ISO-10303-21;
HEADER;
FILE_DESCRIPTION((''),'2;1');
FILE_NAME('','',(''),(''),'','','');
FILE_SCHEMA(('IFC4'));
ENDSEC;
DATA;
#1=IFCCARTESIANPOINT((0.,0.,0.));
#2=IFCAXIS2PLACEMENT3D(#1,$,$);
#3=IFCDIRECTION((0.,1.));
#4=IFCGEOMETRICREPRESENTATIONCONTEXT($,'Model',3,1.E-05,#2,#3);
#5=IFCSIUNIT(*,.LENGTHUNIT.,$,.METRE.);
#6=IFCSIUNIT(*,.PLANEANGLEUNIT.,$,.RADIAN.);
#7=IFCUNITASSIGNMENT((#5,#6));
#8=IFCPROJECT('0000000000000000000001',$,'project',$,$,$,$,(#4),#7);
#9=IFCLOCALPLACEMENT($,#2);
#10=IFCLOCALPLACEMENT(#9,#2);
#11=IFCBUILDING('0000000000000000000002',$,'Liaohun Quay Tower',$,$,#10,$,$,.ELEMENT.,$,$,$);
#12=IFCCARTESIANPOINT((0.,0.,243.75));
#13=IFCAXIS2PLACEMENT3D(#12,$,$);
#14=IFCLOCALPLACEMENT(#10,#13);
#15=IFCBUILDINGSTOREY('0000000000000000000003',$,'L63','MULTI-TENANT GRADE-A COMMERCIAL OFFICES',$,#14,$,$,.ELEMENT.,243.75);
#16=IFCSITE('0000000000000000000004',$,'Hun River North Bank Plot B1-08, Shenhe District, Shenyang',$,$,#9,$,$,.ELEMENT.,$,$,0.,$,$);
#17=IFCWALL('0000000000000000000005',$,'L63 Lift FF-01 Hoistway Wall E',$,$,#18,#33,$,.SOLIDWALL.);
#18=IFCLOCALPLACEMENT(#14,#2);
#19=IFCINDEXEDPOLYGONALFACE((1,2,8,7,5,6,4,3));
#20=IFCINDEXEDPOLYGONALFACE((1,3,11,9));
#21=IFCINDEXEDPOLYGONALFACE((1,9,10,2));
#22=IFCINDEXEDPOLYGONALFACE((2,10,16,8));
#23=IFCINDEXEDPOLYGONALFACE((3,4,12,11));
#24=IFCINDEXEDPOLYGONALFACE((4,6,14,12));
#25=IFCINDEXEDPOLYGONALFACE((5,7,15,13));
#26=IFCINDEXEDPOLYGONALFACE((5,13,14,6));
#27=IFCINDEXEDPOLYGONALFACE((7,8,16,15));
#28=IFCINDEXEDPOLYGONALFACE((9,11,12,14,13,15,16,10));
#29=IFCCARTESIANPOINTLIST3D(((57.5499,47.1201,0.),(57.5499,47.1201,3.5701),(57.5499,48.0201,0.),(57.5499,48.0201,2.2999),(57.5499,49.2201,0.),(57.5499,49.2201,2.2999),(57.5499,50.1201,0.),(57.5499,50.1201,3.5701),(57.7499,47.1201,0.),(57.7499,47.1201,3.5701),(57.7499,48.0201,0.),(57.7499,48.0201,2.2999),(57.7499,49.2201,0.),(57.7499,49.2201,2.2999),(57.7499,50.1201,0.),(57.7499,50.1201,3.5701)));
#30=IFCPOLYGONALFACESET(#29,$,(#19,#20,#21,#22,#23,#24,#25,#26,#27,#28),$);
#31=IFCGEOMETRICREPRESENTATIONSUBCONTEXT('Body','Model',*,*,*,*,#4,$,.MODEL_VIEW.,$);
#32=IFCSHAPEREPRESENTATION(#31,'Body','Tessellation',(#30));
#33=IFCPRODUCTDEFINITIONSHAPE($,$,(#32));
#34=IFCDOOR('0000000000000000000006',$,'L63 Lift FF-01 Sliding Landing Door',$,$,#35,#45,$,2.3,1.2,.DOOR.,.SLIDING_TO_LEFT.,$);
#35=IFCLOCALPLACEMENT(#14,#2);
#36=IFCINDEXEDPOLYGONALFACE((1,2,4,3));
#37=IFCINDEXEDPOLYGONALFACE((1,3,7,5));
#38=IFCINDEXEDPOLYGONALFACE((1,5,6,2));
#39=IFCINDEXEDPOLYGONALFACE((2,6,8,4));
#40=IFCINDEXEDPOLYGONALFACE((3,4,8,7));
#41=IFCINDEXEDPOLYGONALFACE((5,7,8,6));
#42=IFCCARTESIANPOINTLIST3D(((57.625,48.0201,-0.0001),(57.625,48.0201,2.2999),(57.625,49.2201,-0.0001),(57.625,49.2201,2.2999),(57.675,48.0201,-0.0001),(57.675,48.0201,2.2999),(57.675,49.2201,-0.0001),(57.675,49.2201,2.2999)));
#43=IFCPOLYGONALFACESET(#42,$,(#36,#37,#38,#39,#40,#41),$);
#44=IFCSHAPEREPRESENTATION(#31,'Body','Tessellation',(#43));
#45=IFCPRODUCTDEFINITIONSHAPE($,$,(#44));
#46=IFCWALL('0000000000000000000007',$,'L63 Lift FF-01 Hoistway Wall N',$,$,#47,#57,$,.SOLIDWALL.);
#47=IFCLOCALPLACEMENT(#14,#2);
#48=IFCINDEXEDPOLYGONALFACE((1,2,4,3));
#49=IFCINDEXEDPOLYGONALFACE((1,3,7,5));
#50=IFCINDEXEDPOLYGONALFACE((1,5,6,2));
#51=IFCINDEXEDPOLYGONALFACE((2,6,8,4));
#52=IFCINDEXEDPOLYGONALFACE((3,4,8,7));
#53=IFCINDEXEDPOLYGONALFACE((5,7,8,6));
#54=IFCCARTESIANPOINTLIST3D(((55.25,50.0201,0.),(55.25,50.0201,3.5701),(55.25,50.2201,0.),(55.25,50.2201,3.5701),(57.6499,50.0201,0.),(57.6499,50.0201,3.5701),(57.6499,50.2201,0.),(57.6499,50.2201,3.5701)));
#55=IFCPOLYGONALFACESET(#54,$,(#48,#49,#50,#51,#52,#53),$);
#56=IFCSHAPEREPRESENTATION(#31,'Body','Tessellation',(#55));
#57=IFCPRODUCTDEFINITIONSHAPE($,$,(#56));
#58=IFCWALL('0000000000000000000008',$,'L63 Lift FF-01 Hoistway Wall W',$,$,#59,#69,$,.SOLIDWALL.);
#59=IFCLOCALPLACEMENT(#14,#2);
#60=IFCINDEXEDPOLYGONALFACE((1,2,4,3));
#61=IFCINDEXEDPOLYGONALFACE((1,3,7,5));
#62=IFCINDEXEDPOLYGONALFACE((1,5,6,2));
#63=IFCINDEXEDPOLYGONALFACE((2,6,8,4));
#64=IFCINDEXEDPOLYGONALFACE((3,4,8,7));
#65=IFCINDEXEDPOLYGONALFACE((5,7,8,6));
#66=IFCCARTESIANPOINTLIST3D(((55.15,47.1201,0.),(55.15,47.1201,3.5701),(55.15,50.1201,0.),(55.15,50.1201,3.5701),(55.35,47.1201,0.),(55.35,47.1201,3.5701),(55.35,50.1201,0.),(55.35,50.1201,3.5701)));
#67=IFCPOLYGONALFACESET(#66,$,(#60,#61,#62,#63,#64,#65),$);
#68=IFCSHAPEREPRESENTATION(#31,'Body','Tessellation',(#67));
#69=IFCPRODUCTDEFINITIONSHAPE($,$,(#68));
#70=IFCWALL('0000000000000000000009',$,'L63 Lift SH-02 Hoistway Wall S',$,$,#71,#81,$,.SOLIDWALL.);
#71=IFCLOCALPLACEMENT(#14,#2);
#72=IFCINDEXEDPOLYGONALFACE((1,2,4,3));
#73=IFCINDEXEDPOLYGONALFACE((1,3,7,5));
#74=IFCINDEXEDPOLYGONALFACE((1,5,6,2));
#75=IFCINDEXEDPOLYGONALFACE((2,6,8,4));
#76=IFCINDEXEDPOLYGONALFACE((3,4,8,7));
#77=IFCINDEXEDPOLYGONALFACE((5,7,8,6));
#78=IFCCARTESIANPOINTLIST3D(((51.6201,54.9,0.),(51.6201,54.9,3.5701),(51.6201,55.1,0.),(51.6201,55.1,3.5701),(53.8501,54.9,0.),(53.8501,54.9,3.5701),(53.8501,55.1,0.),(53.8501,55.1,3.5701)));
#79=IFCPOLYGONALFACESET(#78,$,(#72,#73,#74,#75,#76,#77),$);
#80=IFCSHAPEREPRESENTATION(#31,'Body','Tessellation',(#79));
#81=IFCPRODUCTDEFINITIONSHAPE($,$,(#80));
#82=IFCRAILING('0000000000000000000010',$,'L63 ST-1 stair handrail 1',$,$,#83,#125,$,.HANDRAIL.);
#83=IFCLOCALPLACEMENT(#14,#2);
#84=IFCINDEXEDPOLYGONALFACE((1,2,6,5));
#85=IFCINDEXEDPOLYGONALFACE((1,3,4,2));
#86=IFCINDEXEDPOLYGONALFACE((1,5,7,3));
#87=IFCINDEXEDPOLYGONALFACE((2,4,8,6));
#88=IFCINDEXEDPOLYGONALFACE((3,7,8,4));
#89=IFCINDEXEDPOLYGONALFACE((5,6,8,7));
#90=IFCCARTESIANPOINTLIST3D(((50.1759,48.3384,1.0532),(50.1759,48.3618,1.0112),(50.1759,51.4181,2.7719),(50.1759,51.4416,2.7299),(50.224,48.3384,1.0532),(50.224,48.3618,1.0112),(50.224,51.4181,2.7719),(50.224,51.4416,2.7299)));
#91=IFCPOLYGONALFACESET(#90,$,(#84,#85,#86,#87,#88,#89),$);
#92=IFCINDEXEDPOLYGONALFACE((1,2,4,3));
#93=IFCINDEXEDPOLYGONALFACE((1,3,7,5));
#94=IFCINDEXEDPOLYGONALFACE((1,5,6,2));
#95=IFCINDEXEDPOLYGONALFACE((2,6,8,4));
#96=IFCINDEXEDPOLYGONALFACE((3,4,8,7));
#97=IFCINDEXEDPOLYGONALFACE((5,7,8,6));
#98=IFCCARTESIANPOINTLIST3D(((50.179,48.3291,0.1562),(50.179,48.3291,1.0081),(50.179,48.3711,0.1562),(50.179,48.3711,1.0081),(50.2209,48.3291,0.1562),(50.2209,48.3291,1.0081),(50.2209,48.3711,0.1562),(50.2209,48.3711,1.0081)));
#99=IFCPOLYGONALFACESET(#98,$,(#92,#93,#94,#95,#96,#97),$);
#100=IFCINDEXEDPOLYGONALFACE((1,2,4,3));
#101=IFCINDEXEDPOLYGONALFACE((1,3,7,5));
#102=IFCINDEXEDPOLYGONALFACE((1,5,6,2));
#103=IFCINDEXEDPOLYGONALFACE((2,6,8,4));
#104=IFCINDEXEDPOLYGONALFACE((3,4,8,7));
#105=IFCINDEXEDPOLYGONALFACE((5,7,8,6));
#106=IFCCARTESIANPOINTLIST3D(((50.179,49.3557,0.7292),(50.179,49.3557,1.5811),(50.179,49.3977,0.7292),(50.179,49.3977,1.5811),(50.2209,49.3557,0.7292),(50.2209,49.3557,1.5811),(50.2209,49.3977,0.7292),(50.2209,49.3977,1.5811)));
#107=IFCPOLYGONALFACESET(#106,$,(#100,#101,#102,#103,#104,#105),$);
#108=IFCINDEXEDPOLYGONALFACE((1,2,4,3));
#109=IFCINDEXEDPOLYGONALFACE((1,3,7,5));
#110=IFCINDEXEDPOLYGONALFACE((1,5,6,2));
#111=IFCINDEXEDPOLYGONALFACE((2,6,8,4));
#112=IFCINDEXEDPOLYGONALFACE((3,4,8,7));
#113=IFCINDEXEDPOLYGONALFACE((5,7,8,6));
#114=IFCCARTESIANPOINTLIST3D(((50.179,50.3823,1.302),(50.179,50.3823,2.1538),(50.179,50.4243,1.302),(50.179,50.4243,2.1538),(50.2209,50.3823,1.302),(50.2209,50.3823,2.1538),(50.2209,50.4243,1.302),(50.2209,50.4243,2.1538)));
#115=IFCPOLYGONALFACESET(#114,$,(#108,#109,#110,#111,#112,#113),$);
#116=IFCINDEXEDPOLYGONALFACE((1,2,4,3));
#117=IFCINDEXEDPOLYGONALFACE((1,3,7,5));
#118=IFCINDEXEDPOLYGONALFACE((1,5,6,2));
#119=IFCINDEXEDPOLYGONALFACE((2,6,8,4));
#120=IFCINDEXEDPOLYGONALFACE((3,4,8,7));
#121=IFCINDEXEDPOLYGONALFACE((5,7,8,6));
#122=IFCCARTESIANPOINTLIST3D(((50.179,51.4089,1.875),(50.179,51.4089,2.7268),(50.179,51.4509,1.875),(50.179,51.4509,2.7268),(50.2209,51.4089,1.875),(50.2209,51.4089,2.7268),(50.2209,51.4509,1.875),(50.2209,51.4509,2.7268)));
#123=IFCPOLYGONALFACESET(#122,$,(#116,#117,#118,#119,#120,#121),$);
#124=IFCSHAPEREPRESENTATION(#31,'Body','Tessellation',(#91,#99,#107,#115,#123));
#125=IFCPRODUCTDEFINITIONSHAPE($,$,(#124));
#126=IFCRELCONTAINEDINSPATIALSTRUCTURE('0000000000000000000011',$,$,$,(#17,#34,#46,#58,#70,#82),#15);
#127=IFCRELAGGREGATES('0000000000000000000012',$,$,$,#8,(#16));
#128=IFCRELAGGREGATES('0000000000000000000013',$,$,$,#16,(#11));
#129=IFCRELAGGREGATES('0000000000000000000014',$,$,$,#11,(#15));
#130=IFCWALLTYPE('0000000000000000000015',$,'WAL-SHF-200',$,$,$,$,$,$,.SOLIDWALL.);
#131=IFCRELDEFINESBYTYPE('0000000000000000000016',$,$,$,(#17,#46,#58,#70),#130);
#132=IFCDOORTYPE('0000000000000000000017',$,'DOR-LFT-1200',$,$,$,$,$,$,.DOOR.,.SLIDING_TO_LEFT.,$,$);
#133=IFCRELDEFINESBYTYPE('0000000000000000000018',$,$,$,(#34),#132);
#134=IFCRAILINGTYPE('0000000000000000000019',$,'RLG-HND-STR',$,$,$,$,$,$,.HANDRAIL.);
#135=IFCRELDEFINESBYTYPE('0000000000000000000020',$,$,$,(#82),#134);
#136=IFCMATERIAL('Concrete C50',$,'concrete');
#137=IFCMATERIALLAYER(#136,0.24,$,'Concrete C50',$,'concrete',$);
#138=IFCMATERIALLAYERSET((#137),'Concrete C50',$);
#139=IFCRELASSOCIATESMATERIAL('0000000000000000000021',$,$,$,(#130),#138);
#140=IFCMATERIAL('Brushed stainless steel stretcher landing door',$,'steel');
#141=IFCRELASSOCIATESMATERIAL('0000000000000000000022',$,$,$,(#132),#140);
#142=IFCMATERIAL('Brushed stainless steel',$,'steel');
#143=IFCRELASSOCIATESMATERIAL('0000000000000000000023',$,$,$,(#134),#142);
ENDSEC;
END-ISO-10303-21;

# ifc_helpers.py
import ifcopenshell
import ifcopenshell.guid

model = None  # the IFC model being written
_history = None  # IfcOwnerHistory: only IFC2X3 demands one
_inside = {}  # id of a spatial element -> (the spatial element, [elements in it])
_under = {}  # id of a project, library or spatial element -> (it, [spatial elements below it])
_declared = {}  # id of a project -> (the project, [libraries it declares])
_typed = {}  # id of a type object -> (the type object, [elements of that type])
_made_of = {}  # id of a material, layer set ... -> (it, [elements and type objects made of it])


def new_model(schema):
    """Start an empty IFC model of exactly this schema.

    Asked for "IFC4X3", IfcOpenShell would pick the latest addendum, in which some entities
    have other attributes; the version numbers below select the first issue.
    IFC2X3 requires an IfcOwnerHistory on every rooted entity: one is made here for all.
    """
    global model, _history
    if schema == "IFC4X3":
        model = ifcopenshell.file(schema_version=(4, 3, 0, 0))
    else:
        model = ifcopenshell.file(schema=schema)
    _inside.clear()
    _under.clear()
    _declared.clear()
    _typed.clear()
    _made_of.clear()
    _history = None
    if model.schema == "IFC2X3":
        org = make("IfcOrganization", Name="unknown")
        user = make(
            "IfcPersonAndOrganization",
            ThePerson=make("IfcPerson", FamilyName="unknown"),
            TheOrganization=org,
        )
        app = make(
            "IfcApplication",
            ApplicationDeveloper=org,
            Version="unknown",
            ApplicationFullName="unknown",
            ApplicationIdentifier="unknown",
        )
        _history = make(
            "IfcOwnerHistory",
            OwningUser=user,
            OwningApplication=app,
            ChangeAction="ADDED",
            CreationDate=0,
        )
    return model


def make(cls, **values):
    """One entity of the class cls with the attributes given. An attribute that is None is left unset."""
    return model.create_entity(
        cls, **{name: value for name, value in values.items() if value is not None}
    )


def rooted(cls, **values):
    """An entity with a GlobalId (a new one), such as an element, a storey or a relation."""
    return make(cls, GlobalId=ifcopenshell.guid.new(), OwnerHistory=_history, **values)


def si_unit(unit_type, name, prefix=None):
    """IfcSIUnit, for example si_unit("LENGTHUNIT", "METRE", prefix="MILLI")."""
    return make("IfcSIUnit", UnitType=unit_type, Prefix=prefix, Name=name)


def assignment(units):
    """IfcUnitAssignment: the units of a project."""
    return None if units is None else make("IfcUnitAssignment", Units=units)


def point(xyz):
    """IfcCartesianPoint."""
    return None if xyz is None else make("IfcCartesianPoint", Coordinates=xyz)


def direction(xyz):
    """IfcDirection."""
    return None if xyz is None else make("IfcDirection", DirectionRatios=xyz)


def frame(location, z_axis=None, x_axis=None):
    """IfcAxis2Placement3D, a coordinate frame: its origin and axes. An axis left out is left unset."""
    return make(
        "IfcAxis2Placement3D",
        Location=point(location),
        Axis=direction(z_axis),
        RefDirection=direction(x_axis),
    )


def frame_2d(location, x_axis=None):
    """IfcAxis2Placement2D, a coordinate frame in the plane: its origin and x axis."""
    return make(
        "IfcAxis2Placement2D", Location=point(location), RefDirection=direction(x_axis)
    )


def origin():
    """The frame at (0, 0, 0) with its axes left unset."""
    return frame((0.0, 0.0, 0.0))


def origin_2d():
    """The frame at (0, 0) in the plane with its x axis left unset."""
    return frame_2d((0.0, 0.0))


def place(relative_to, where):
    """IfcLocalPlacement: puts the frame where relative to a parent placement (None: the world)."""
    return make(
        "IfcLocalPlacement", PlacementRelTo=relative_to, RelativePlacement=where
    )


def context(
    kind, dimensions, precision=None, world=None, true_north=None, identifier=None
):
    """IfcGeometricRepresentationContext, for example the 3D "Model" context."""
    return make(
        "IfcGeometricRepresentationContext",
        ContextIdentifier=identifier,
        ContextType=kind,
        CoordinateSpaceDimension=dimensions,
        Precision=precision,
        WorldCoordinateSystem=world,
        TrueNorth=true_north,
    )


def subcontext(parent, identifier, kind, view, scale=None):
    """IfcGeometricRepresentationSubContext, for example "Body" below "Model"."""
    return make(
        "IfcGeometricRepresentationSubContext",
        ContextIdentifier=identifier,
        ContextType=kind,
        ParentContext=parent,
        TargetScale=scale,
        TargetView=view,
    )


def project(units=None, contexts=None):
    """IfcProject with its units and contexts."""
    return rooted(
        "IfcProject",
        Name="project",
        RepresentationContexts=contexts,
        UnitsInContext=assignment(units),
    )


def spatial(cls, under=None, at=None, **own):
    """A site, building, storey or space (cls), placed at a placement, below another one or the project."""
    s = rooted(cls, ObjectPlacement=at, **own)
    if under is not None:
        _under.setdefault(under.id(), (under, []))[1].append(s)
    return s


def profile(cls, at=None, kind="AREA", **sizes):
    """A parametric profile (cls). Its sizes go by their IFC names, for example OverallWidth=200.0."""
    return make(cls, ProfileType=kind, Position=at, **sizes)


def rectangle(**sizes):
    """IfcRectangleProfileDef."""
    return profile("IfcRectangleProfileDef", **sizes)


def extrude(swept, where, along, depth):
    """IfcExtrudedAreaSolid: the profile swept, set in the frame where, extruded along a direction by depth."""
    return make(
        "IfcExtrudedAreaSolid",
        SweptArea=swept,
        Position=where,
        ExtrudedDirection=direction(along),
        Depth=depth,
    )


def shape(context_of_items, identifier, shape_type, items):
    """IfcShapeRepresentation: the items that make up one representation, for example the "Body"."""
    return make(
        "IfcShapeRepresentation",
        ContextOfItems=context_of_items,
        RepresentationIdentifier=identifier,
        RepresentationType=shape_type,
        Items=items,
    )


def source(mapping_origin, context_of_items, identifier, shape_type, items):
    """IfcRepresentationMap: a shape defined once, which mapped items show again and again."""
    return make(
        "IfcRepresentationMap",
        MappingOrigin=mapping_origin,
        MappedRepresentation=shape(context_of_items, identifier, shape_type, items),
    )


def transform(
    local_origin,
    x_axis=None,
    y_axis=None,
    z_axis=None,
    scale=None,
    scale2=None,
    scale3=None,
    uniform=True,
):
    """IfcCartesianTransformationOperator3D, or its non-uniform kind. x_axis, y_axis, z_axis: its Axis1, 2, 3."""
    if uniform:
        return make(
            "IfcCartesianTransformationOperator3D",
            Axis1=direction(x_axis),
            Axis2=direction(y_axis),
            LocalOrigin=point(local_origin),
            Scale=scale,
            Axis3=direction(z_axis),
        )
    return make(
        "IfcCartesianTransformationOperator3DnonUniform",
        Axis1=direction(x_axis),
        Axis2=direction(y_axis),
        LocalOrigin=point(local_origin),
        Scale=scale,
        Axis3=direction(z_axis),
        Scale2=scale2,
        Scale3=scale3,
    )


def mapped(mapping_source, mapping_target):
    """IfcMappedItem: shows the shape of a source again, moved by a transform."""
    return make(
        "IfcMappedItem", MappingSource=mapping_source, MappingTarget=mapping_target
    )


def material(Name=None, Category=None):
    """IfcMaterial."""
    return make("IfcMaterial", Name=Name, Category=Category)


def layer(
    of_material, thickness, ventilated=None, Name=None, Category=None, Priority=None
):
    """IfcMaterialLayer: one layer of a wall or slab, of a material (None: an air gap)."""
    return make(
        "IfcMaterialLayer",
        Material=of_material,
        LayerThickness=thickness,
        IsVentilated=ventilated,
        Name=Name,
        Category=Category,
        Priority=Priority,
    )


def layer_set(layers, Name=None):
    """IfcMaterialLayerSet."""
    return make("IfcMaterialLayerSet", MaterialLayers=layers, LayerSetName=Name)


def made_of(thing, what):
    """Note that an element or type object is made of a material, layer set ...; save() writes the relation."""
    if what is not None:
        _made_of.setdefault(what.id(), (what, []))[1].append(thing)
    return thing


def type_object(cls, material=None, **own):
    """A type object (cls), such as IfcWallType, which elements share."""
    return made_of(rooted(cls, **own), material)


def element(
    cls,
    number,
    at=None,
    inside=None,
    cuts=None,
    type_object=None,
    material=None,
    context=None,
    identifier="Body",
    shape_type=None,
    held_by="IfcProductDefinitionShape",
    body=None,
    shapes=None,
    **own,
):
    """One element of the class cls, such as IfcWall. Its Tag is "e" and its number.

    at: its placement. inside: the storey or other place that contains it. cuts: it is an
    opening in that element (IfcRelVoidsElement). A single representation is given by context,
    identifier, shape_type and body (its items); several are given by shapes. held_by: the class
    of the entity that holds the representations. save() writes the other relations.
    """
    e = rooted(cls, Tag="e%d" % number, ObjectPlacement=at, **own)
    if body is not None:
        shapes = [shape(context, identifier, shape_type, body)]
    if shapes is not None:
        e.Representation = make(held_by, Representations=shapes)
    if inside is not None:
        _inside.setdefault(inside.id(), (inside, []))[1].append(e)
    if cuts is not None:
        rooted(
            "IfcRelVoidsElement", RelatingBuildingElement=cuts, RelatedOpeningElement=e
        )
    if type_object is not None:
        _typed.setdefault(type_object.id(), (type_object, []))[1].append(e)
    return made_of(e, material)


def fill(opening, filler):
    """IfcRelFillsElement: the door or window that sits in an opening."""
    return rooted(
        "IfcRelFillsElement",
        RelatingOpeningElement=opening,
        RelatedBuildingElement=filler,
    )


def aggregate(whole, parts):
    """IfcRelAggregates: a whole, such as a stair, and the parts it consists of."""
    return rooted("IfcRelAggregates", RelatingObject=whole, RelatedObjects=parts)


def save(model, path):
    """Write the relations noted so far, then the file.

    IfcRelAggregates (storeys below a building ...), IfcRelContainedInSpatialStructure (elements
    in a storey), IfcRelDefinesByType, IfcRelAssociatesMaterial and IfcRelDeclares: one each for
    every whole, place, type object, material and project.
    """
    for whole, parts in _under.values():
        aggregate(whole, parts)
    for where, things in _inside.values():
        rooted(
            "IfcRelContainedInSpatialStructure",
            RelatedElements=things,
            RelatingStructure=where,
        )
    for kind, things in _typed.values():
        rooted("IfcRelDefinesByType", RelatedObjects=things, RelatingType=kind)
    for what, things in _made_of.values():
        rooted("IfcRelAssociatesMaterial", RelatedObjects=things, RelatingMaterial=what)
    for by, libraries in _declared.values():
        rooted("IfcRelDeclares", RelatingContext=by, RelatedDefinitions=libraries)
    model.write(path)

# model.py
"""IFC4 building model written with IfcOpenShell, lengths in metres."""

from ifc_helpers import new_model, si_unit, direction, frame, frame_2d, origin, origin_2d, place, context, subcontext, project, spatial, rectangle, extrude, source, transform, mapped, material, layer, layer_set, type_object, element, fill, save


model = new_model("IFC4")

# Units and contexts
model_context = context("Model", 3, precision=1e-05, world=origin(), true_north=direction((0.0, 1.0)))
body_context = subcontext(model_context, "Body", "Model", "MODEL_VIEW")
ifc_project = project(units=[si_unit("LENGTHUNIT", "METRE"), si_unit("PLANEANGLEUNIT", "RADIAN")], contexts=[model_context])

# Site, building, storey
site_placement = place(None, origin())
site = spatial("IfcSite", under=ifc_project, at=site_placement, Name="Hun River North Bank Plot B1-08, Shenhe District, Shenyang", CompositionType="ELEMENT", RefElevation=0.0)
building_placement = place(site_placement, origin())
building = spatial("IfcBuilding", under=site, at=building_placement, Name="Liaohun Quay Tower", CompositionType="ELEMENT")
storey_placement = place(building_placement, frame((0.0, 0.0, 243.75)))
storey = spatial("IfcBuildingStorey", under=building, at=storey_placement, Name="L63", Description="MULTI-TENANT GRADE-A COMMERCIAL OFFICES", CompositionType="ELEMENT", Elevation=243.75)

# Shared definitions
ifc_material_1 = material(Name="Concrete C50", Category="concrete")

# Shared definitions
ifc_layer_1 = layer(ifc_material_1, 0.24, Name="Concrete C50", Category="concrete")
ifc_layer_set_1 = layer_set([ifc_layer_1], Name="Concrete C50")
wall_type_1 = type_object("IfcWallType", Name="WAL-SHF-200", PredefinedType="SOLIDWALL", material=ifc_layer_set_1)

# Wall, opening, door
wall_1_placement = place(storey_placement, frame((57.6499, 47.1201, 0.0), z_axis=(0.0, 0.0, 1.0), x_axis=(0.0, 1.0, 0.0)))
wall_1 = element("IfcWall", 1, at=wall_1_placement, inside=storey, type_object=wall_type_1, Name="L63 Lift FF-01 Hoistway Wall E", PredefinedType="SOLIDWALL", context=body_context, shape_type="SweptSolid", body=[
    extrude(rectangle(XDim=3.0, YDim=0.2, at=frame_2d((1.5, 0.0))), origin(), (0.0, 0.0, 1.0), 3.5701),
])
shared_shape_1 = source(origin(), body_context, "Body", "SweptSolid", [
    extrude(rectangle(XDim=1.2, YDim=2.3, at=frame_2d((0.6001, 1.1499))), frame((0.0, 0.1099, 0.0), z_axis=(0.0, -1.0, 0.0), x_axis=(1.0, 0.0, 0.0)), (0.0, 0.0, 1.0), 0.22),
])
opening_1_placement = place(wall_1_placement, frame((0.8999, 0.0, 0.0)))
opening_1 = element("IfcOpeningElement", 2, at=opening_1_placement, cuts=wall_1, PredefinedType="OPENING", context=body_context, shape_type="MappedRepresentation", body=[
    mapped(shared_shape_1, transform((0.0, 0.0, 0.0), x_axis=(1.0, 0.0, 0.0), y_axis=(0.0, 1.0, 0.0), z_axis=(0.0, 0.0, 1.0), scale=1.0)),
])
ifc_material_2 = material(Name="Brushed stainless steel stretcher landing door", Category="steel")
door_type_1 = type_object("IfcDoorType", Name="DOR-LFT-1200", OperationType="SLIDING_TO_LEFT", PredefinedType="DOOR", material=ifc_material_2)
shared_shape_2 = source(origin(), body_context, "Body", "SweptSolid", [
    extrude(rectangle(XDim=1.2, YDim=2.3, at=frame_2d((0.6001, 1.1499))), frame((0.0, 0.0249, 0.0), z_axis=(0.0, -1.0, 0.0), x_axis=(1.0, 0.0, 0.0)), (0.0, 0.0, 1.0), 0.05),
])
door_1_placement = place(opening_1_placement, origin())
door_1 = element("IfcDoor", 3, at=door_1_placement, inside=storey, type_object=door_type_1, Name="L63 Lift FF-01 Sliding Landing Door", OperationType="SLIDING_TO_LEFT", OverallHeight=2.3, OverallWidth=1.2, PredefinedType="DOOR", context=body_context, shape_type="MappedRepresentation", body=[
    mapped(shared_shape_2, transform((0.0, 0.0, 0.0), x_axis=(1.0, 0.0, 0.0), y_axis=(0.0, 1.0, 0.0), z_axis=(0.0, 0.0, 1.0), scale=1.0)),
])
fill(opening_1, door_1)

# Walls
wall_2_placement = place(storey_placement, frame((57.6499, 50.1201, 0.0), z_axis=(0.0, 0.0, 1.0), x_axis=(-1.0, 0.0, 0.0)))
element("IfcWall", 4, at=wall_2_placement, inside=storey, type_object=wall_type_1, Name="L63 Lift FF-01 Hoistway Wall N", PredefinedType="SOLIDWALL", context=body_context, shape_type="SweptSolid", body=[
    extrude(rectangle(XDim=2.3999, YDim=0.2, at=frame_2d((1.2, 0.0))), origin(), (0.0, 0.0, 1.0), 3.5701),
])
wall_3_placement = place(storey_placement, frame((55.25, 50.1201, 0.0), z_axis=(0.0, 0.0, 1.0), x_axis=(0.0, -1.0, 0.0)))
element("IfcWall", 5, at=wall_3_placement, inside=storey, type_object=wall_type_1, Name="L63 Lift FF-01 Hoistway Wall W", PredefinedType="SOLIDWALL", context=body_context, shape_type="SweptSolid", body=[
    extrude(rectangle(XDim=3.0, YDim=0.2, at=frame_2d((1.5, 0.0))), origin(), (0.0, 0.0, 1.0), 3.5701),
])
wall_4_placement = place(storey_placement, frame((51.6201, 55.0, 0.0), z_axis=(0.0, 0.0, 1.0), x_axis=(1.0, 0.0, 0.0)))
element("IfcWall", 6, at=wall_4_placement, inside=storey, type_object=wall_type_1, Name="L63 Lift SH-02 Hoistway Wall S", PredefinedType="SOLIDWALL", context=body_context, shape_type="SweptSolid", body=[
    extrude(rectangle(XDim=2.23, YDim=0.2, at=frame_2d((1.115, 0.0))), origin(), (0.0, 0.0, 1.0), 3.5701),
])

# Railing
ifc_material_3 = material(Name="Brushed stainless steel", Category="steel")
railing_type = type_object("IfcRailingType", Name="RLG-HND-STR", PredefinedType="HANDRAIL", material=ifc_material_3)
railing_placement = place(storey_placement, frame((50.2, 48.3501, 0.1562)))
element("IfcRailing", 7, at=railing_placement, inside=storey, type_object=railing_type, Name="L63 ST-1 stair handrail 1", PredefinedType="HANDRAIL", context=body_context, shape_type="SweptSolid", body=[
    extrude(rectangle(XDim=0.0481, YDim=0.0481, at=origin_2d()), frame((0.0, 0.0, 0.876), z_axis=(0.0, 0.873225, 0.487317), x_axis=(-1.0, 0.0, 0.0)), (0.0, 0.0, 1.0), 3.5269),
    extrude(rectangle(XDim=0.042, YDim=0.042, at=origin_2d()), origin(), (0.0, 0.0, 1.0), 0.8518),
    extrude(rectangle(XDim=0.042, YDim=0.042, at=origin_2d()), frame((0.0, 1.0266, 0.573)), (0.0, 0.0, 1.0), 0.8518),
    extrude(rectangle(XDim=0.042, YDim=0.042, at=origin_2d()), frame((0.0, 2.0532, 1.1458)), (0.0, 0.0, 1.0), 0.8518),
    extrude(rectangle(XDim=0.042, YDim=0.042, at=origin_2d()), frame((0.0, 3.0798, 1.7188)), (0.0, 0.0, 1.0), 0.8518),
])

save(model, "model.ifc")
